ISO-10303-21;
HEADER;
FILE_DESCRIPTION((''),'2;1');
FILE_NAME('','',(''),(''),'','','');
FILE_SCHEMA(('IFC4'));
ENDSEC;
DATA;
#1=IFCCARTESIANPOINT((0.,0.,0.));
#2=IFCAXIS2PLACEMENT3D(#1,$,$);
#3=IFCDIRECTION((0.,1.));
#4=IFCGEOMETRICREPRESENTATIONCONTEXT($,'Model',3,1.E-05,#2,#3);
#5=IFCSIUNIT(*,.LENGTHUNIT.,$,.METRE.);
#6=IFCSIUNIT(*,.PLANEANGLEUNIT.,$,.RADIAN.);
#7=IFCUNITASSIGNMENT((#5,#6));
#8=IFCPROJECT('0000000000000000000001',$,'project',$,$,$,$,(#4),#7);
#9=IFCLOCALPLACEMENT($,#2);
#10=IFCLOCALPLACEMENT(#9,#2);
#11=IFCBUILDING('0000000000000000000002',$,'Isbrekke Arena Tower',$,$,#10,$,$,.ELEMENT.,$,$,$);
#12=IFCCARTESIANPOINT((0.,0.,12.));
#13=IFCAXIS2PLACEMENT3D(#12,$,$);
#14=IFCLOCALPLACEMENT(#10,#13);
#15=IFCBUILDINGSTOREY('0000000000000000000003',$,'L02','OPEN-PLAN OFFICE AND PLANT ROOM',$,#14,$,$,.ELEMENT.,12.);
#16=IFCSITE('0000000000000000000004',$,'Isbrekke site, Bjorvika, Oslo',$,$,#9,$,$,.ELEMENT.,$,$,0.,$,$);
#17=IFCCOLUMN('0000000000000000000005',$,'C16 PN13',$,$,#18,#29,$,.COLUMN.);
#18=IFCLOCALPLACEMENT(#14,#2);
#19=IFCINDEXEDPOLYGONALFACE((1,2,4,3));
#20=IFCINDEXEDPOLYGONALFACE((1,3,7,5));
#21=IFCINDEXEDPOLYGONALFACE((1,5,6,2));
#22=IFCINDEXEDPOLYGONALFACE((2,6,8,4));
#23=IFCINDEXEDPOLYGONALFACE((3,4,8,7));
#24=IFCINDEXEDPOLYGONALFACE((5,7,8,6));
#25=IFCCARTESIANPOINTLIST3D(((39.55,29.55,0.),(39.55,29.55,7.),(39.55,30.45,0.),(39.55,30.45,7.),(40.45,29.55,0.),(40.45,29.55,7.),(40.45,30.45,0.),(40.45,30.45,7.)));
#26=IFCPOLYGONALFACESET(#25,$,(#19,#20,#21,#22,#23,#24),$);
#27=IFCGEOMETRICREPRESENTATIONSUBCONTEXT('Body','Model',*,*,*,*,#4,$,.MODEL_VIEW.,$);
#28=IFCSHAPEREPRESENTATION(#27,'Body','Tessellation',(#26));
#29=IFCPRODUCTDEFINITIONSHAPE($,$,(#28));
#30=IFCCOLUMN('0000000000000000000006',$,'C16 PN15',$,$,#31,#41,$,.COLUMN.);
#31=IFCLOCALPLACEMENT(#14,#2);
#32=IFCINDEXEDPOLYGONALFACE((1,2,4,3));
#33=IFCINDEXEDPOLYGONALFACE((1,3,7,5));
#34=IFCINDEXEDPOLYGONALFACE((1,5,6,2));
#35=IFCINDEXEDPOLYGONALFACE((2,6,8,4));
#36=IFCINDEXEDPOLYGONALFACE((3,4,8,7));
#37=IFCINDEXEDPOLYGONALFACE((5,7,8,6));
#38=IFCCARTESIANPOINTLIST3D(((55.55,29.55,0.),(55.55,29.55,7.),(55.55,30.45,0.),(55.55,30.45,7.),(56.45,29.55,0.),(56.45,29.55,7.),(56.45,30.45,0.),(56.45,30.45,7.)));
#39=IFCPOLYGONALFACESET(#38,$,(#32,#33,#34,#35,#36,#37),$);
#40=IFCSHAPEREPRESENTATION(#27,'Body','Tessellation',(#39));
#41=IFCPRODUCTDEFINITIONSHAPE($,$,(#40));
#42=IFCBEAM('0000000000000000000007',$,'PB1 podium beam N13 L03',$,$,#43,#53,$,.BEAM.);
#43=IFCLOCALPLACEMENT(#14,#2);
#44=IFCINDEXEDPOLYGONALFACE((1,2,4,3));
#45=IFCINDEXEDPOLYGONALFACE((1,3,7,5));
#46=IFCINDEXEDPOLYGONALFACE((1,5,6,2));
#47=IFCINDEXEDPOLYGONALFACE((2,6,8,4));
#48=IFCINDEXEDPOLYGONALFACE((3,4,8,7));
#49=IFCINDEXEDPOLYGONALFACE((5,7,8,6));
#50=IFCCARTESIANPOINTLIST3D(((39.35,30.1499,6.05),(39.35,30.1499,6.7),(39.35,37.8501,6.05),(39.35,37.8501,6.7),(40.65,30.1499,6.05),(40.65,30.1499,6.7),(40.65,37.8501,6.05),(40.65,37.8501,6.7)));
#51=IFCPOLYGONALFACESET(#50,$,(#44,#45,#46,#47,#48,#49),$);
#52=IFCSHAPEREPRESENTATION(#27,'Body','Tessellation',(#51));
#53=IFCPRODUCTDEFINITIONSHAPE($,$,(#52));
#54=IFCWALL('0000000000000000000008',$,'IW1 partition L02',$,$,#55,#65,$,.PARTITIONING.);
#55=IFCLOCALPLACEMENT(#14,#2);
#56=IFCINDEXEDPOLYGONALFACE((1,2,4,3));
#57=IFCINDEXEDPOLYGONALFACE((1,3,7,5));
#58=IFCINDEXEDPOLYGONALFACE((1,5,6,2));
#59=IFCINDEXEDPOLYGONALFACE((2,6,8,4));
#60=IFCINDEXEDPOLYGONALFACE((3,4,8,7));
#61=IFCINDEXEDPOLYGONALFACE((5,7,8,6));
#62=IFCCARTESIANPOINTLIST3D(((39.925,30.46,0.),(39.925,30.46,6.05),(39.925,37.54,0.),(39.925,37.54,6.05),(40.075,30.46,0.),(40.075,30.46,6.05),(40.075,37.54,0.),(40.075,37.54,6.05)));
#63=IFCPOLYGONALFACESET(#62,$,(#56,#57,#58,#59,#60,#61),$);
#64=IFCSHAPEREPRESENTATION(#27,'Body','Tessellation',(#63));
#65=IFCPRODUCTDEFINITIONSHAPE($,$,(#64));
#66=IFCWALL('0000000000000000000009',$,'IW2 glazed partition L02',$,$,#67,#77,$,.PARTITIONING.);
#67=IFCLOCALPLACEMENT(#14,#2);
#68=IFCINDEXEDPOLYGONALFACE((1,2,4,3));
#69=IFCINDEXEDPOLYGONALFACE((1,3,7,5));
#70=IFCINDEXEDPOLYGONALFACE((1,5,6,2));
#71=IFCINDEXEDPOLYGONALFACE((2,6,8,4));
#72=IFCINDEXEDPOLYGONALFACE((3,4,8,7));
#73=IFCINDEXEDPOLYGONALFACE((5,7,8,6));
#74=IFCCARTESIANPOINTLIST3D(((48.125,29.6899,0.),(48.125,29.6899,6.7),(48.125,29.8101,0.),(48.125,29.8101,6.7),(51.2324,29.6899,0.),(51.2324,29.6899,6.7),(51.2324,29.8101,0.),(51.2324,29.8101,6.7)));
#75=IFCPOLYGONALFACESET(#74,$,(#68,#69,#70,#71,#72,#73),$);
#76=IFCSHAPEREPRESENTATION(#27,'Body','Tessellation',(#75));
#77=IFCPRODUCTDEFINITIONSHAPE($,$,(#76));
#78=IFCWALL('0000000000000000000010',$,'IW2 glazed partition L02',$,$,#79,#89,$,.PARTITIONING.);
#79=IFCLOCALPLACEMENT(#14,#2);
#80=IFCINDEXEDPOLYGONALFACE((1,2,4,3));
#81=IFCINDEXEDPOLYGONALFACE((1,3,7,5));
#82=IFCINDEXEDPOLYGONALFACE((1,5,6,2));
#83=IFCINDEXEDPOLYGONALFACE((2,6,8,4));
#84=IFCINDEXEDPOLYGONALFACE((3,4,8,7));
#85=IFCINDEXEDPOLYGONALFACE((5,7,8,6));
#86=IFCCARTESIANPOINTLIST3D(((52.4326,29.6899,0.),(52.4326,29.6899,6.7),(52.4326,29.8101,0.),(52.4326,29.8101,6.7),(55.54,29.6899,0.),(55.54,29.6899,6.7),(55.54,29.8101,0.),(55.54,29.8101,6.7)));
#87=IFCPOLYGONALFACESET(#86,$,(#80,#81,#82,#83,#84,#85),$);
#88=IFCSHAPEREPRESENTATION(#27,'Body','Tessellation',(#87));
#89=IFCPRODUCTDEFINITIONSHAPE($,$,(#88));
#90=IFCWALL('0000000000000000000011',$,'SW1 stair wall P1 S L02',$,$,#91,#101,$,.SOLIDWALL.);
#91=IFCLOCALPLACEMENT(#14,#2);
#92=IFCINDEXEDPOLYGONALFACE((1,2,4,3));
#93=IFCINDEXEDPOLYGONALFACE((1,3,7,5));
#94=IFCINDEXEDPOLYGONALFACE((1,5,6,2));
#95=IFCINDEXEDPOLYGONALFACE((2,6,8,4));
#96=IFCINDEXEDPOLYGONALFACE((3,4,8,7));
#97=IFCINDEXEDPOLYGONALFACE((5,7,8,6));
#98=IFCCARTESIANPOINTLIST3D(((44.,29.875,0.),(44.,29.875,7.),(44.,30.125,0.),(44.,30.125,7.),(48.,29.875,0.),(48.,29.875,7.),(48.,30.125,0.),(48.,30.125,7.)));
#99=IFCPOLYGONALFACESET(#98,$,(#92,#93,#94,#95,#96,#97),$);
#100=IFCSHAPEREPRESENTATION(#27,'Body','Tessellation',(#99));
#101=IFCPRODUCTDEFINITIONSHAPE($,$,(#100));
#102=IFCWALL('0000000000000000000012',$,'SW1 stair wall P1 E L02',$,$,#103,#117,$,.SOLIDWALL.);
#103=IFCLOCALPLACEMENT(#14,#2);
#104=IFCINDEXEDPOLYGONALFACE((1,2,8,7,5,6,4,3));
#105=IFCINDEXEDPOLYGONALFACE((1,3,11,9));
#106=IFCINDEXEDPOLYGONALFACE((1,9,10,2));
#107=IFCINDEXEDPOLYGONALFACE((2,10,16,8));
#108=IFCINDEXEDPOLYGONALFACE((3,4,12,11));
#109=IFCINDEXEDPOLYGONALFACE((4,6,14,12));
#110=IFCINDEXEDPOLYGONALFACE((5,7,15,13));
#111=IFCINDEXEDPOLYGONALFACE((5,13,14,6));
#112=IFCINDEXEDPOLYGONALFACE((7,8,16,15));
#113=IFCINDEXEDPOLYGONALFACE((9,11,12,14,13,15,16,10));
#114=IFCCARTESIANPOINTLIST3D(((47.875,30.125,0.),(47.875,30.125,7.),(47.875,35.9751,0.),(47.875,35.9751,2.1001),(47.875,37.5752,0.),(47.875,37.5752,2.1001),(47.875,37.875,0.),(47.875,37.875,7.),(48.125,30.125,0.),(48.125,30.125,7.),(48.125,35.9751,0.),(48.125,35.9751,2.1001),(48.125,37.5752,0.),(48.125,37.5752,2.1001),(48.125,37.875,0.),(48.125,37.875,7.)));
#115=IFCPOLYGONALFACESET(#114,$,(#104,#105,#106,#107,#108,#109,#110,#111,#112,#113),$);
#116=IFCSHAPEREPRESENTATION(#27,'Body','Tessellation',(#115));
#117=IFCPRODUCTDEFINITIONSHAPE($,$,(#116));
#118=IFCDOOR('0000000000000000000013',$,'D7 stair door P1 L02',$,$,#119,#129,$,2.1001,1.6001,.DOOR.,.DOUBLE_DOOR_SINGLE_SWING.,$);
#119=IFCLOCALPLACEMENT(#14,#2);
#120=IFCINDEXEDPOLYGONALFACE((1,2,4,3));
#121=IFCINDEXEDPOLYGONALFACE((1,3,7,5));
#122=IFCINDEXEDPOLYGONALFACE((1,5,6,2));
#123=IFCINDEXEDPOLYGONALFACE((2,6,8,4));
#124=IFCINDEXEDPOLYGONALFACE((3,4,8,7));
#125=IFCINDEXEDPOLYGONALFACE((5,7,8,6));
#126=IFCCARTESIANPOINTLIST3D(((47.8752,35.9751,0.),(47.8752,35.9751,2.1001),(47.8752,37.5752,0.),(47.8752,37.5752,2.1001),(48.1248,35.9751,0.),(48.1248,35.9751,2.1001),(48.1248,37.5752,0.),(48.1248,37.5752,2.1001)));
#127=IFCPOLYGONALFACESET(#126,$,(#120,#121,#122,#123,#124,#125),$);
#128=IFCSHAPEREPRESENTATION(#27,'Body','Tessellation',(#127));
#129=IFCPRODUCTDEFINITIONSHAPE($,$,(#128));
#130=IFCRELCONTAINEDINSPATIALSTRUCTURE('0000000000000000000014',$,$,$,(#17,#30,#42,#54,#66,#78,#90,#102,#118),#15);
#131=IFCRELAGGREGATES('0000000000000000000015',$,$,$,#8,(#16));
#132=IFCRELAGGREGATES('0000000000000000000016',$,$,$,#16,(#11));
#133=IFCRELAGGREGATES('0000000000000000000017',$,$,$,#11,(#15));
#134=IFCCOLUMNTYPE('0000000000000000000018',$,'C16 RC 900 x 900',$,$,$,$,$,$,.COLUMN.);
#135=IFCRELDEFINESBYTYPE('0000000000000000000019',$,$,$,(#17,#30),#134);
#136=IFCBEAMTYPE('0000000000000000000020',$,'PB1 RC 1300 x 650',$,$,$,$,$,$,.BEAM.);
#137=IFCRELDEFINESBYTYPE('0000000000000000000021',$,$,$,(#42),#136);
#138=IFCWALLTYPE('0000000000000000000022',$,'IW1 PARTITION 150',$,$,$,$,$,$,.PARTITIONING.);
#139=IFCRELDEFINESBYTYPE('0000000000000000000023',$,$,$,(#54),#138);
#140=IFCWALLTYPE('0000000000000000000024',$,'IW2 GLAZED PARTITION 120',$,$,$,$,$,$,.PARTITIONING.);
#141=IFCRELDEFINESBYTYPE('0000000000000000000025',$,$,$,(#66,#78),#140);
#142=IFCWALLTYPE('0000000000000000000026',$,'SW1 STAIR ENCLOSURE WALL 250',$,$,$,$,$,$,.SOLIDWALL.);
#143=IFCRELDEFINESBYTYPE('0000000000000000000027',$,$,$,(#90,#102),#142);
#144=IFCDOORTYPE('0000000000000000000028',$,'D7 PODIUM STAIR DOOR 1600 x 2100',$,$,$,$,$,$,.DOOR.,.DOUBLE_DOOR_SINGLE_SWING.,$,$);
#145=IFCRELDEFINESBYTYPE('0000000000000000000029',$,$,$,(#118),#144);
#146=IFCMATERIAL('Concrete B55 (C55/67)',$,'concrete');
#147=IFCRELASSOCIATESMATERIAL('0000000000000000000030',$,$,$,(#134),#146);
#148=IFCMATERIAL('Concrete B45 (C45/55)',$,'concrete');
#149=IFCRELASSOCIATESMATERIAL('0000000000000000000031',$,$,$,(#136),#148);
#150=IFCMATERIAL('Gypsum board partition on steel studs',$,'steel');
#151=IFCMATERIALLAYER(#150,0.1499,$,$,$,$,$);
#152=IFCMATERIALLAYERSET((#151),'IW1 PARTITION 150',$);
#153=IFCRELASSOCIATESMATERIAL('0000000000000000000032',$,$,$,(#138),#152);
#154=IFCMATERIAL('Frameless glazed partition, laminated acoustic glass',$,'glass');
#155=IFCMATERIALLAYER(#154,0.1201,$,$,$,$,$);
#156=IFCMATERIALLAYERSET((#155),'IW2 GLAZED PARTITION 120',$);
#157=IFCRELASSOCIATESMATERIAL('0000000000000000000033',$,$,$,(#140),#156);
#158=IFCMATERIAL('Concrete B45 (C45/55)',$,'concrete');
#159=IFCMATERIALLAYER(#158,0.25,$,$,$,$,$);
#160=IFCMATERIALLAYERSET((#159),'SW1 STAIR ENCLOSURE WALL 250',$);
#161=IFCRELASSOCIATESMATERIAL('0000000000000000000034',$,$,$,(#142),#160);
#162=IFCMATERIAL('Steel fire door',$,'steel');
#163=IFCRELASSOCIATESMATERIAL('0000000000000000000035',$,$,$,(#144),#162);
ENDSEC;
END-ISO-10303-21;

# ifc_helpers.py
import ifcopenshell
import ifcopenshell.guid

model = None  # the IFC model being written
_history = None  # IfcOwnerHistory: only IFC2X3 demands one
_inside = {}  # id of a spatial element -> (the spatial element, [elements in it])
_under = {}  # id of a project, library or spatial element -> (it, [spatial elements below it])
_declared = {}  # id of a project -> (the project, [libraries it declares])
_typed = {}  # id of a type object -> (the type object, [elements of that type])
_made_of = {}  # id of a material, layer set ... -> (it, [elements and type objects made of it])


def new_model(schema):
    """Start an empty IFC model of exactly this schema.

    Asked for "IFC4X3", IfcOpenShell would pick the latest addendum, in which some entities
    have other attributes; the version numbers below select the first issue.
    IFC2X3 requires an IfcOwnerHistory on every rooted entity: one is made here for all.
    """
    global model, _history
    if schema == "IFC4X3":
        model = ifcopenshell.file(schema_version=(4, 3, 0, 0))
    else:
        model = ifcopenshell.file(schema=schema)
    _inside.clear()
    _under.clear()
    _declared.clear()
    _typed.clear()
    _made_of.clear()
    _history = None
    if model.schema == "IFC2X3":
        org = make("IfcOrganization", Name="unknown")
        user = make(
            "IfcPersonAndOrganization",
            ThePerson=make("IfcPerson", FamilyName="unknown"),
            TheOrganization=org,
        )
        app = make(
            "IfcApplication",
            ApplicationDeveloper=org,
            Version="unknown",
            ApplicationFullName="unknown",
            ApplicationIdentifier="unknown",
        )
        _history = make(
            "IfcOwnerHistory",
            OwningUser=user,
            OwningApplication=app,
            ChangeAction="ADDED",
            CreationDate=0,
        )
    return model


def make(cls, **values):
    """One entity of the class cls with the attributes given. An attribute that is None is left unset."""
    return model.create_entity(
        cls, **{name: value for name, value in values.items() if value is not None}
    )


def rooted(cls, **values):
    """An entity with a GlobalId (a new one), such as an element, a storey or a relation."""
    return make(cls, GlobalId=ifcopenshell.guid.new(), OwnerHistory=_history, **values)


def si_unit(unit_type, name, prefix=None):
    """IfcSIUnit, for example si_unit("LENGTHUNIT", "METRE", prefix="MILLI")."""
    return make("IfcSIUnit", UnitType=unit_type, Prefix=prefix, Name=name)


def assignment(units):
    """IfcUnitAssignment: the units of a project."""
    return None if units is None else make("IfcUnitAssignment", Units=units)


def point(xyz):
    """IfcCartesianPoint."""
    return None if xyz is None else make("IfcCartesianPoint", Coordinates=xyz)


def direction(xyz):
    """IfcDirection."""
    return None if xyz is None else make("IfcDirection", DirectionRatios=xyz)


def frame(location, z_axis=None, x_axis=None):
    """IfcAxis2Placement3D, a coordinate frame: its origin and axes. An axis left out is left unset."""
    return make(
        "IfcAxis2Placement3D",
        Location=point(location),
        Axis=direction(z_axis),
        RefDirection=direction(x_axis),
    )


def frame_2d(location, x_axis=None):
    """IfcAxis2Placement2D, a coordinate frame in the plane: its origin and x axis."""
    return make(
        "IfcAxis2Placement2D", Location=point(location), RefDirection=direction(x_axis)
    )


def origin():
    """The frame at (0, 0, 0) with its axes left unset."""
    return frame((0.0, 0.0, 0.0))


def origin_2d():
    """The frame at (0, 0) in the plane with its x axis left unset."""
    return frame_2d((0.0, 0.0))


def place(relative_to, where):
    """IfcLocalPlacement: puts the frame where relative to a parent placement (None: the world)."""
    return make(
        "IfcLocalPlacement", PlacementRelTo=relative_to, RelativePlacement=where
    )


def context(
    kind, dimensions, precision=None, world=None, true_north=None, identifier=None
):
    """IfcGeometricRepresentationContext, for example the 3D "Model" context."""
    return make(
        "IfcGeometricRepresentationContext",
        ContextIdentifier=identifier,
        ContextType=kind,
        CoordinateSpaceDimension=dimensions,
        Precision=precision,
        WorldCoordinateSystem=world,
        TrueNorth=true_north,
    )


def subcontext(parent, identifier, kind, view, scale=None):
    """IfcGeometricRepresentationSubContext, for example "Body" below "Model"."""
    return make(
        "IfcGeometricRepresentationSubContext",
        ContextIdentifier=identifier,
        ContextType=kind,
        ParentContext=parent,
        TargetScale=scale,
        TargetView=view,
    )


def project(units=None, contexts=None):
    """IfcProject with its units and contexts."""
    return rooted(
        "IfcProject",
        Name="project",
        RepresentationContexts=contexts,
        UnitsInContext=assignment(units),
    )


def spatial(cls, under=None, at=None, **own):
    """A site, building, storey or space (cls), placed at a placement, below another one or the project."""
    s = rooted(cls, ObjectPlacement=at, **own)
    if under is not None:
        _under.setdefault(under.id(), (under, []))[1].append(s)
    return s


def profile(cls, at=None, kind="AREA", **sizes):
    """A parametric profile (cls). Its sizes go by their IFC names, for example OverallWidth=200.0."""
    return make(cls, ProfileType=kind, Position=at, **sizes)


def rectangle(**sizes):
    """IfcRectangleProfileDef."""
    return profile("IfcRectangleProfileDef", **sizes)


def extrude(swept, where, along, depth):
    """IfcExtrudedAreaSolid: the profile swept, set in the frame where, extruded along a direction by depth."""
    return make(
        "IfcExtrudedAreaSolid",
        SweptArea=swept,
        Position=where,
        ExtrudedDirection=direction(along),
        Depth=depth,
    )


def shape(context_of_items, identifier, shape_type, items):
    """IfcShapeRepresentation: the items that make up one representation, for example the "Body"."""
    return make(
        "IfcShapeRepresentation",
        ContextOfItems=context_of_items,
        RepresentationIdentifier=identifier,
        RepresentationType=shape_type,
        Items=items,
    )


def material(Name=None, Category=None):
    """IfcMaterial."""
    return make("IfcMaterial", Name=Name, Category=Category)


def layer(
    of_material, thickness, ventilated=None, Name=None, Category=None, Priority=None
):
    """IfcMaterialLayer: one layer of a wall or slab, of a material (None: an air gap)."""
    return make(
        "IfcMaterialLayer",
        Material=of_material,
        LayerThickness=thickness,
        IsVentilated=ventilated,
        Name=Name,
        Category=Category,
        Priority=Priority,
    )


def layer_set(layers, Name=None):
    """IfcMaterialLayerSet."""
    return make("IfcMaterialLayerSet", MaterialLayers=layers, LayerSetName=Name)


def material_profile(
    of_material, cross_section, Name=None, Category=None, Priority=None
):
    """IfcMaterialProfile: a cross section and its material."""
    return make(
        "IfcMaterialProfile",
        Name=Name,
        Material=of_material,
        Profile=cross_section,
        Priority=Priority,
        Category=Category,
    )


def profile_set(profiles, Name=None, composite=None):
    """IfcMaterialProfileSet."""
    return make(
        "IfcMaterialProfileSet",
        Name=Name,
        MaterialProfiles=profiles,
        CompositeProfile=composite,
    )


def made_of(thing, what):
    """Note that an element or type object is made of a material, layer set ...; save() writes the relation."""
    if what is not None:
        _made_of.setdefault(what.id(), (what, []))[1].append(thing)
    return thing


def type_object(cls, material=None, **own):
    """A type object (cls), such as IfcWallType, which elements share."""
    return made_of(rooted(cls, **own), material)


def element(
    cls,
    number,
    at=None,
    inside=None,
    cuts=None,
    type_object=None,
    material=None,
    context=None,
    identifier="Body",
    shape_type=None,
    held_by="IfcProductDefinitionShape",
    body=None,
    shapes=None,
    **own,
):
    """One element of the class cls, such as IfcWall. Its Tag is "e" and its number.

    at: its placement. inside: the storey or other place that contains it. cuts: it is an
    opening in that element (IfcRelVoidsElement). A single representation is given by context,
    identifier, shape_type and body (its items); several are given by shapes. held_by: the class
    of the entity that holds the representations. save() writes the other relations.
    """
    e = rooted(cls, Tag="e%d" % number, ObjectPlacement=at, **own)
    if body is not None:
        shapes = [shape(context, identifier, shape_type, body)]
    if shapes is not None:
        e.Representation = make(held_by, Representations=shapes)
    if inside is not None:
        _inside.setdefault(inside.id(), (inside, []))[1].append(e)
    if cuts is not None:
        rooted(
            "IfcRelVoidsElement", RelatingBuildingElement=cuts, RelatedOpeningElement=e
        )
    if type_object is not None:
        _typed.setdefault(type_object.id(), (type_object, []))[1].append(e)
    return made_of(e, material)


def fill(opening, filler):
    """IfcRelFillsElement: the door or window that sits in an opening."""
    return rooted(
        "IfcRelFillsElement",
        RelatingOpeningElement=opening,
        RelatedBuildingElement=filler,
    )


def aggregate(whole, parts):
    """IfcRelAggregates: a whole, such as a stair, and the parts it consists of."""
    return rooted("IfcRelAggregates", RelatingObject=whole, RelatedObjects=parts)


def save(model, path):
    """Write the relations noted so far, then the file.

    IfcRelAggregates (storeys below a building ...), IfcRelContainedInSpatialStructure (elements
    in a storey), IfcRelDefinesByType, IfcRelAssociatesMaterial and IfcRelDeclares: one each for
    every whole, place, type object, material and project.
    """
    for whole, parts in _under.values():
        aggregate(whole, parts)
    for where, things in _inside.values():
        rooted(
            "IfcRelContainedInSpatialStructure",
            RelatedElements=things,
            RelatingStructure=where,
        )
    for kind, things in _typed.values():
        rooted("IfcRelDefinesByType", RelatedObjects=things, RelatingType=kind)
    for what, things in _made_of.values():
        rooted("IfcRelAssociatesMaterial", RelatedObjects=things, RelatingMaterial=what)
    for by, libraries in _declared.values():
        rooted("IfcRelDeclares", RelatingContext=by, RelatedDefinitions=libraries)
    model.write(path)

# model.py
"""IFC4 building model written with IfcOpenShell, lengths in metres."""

from ifc_helpers import new_model, si_unit, direction, frame, frame_2d, origin, origin_2d, place, context, subcontext, project, spatial, rectangle, extrude, material, layer, layer_set, material_profile, profile_set, type_object, element, fill, save


model = new_model("IFC4")

# Units and contexts
model_context = context("Model", 3, precision=1e-05, world=origin(), true_north=direction((0.0, 1.0)))
body_context = subcontext(model_context, "Body", "Model", "MODEL_VIEW")
ifc_project = project(units=[si_unit("LENGTHUNIT", "METRE"), si_unit("PLANEANGLEUNIT", "RADIAN")], contexts=[model_context])

# Site, building, storey
site_placement = place(None, origin())
site = spatial("IfcSite", under=ifc_project, at=site_placement, Name="Isbrekke site, Bjorvika, Oslo", CompositionType="ELEMENT", RefElevation=0.0)
building_placement = place(site_placement, origin())
building = spatial("IfcBuilding", under=site, at=building_placement, Name="Isbrekke Arena Tower", CompositionType="ELEMENT")
storey_placement = place(building_placement, frame((0.0, 0.0, 12.0)))
storey = spatial("IfcBuildingStorey", under=building, at=storey_placement, Name="L02", Description="OPEN-PLAN OFFICE AND PLANT ROOM", CompositionType="ELEMENT", Elevation=12.0)

# Columns
ifc_material_1 = material(Name="Concrete B55 (C55/67)", Category="concrete")
ifc_material_profile_1 = material_profile(ifc_material_1, rectangle(XDim=0.8999, YDim=0.8999, at=origin_2d()), Name="RC 900x900")
ifc_profile_set_1 = profile_set([ifc_material_profile_1], Name="Concrete B55 (C55/67)")
column_type = type_object("IfcColumnType", Name="C16 RC 900 x 900", PredefinedType="COLUMN", material=ifc_profile_set_1)
for number, where, z_axis, x_axis, name in (
    (1, (40.0, 30.0, 0.0), (0.0, 0.0, 1.0), (1.0, 0.0, 0.0), "C16 PN13"),
    (2, (56.0, 30.0, 0.0), (0.0, 0.0, 1.0), (1.0, 0.0, 0.0), "C16 PN15"),
):
    element("IfcColumn", number, at=place(storey_placement, frame(where, z_axis=z_axis, x_axis=x_axis)), inside=storey, type_object=column_type, Name=name, PredefinedType="COLUMN", context=body_context, shape_type="SweptSolid", body=[
        extrude(rectangle(XDim=0.8999, YDim=0.8999, at=origin_2d()), origin(), (0.0, 0.0, 1.0), 7.0),
    ])

# Beam
ifc_material_2 = material(Name="Concrete B45 (C45/55)", Category="concrete")
ifc_material_profile_2 = material_profile(ifc_material_2, rectangle(XDim=1.3, YDim=0.6499, at=origin_2d()), Name="RC 1300x650")
ifc_profile_set_2 = profile_set([ifc_material_profile_2], Name="Concrete B45 (C45/55)")
beam_type = type_object("IfcBeamType", Name="PB1 RC 1300 x 650", PredefinedType="BEAM", material=ifc_profile_set_2)
beam_placement = place(storey_placement, frame((40.0, 30.1499, 6.375), z_axis=(0.0, 1.0, 0.0), x_axis=(-1.0, 0.0, 0.0)))
element("IfcBeam", 3, at=beam_placement, inside=storey, type_object=beam_type, Name="PB1 podium beam N13 L03", PredefinedType="BEAM", context=body_context, shape_type="SweptSolid", body=[
    extrude(rectangle(XDim=1.3, YDim=0.6499, at=origin_2d()), origin(), (0.0, 0.0, 1.0), 7.7002),
])

# Walls
ifc_material_3 = material(Name="Gypsum board partition on steel studs", Category="steel")
ifc_layer_1 = layer(ifc_material_3, 0.1499)
ifc_layer_set_1 = layer_set([ifc_layer_1], Name="IW1 PARTITION 150")
wall_type_1 = type_object("IfcWallType", Name="IW1 PARTITION 150", PredefinedType="PARTITIONING", material=ifc_layer_set_1)
wall_1_placement = place(storey_placement, frame((40.0, 30.46, 0.0), z_axis=(0.0, 0.0, 1.0), x_axis=(0.0, 1.0, 0.0)))
element("IfcWall", 4, at=wall_1_placement, inside=storey, type_object=wall_type_1, Name="IW1 partition L02", PredefinedType="PARTITIONING", context=body_context, shape_type="SweptSolid", body=[
    extrude(rectangle(XDim=7.0801, YDim=0.1499, at=frame_2d((3.54, 0.0))), origin(), (0.0, 0.0, 1.0), 6.05),
])
ifc_material_4 = material(Name="Frameless glazed partition, laminated acoustic glass", Category="glass")
ifc_layer_2 = layer(ifc_material_4, 0.1201)
ifc_layer_set_2 = layer_set([ifc_layer_2], Name="IW2 GLAZED PARTITION 120")
wall_type_2 = type_object("IfcWallType", Name="IW2 GLAZED PARTITION 120", PredefinedType="PARTITIONING", material=ifc_layer_set_2)
for number, where, z_axis, x_axis, name in (
    (5, (48.125, 29.75, 0.0), (0.0, 0.0, 1.0), (1.0, 0.0, 0.0), "IW2 glazed partition L02"),
    (6, (52.4326, 29.75, 0.0), (0.0, 0.0, 1.0), (1.0, 0.0, 0.0), "IW2 glazed partition L02"),
):
    element("IfcWall", number, at=place(storey_placement, frame(where, z_axis=z_axis, x_axis=x_axis)), inside=storey, type_object=wall_type_2, Name=name, PredefinedType="PARTITIONING", context=body_context, shape_type="SweptSolid", body=[
        extrude(rectangle(XDim=3.1074, YDim=0.1201, at=frame_2d((1.5537, 0.0))), origin(), (0.0, 0.0, 1.0), 6.7),
    ])
ifc_material_5 = material(Name="Concrete B45 (C45/55)", Category="concrete")
ifc_layer_3 = layer(ifc_material_5, 0.25)
ifc_layer_set_3 = layer_set([ifc_layer_3], Name="SW1 STAIR ENCLOSURE WALL 250")
wall_type_3 = type_object("IfcWallType", Name="SW1 STAIR ENCLOSURE WALL 250", PredefinedType="SOLIDWALL", material=ifc_layer_set_3)
wall_2_placement = place(storey_placement, frame((44.0, 30.0, 0.0), z_axis=(0.0, 0.0, 1.0), x_axis=(1.0, 0.0, 0.0)))
element("IfcWall", 7, at=wall_2_placement, inside=storey, type_object=wall_type_3, Name="SW1 stair wall P1 S L02", PredefinedType="SOLIDWALL", context=body_context, shape_type="SweptSolid", body=[
    extrude(rectangle(XDim=4.0, YDim=0.25, at=frame_2d((2.0, 0.0))), origin(), (0.0, 0.0, 1.0), 7.0),
])

# Wall, opening, door
wall_3_placement = place(storey_placement, frame((48.0, 30.125, 0.0), z_axis=(0.0, 0.0, 1.0), x_axis=(0.0, 1.0, 0.0)))
wall_3 = element("IfcWall", 8, at=wall_3_placement, inside=storey, type_object=wall_type_3, Name="SW1 stair wall P1 E L02", PredefinedType="SOLIDWALL", context=body_context, shape_type="SweptSolid", body=[
    extrude(rectangle(XDim=7.75, YDim=0.25, at=frame_2d((3.875, 0.0))), origin(), (0.0, 0.0, 1.0), 7.0),
])
opening_placement = place(wall_3_placement, frame((5.8501, 0.0, 0.0)))
opening = element("IfcOpeningElement", 9, at=opening_placement, cuts=wall_3, PredefinedType="OPENING", context=body_context, shape_type="SweptSolid", body=[
    extrude(rectangle(XDim=1.6001, YDim=2.1001, at=frame_2d((0.8, 1.05))), frame((0.0, 0.1399, 0.0), z_axis=(0.0, -1.0, 0.0), x_axis=(1.0, 0.0, 0.0)), (0.0, 0.0, 1.0), 0.2798),
])
ifc_material_6 = material(Name="Steel fire door", Category="steel")
door_type = type_object("IfcDoorType", Name="D7 PODIUM STAIR DOOR 1600 x 2100", OperationType="DOUBLE_DOOR_SINGLE_SWING", PredefinedType="DOOR", material=ifc_material_6)
door_placement = place(opening_placement, origin())
door = element("IfcDoor", 10, at=door_placement, inside=storey, type_object=door_type, Name="D7 stair door P1 L02", OperationType="DOUBLE_DOOR_SINGLE_SWING", OverallHeight=2.1001, OverallWidth=1.6001, PredefinedType="DOOR", context=body_context, shape_type="SweptSolid", body=[
    extrude(rectangle(XDim=1.6001, YDim=2.1001, at=frame_2d((0.8, 1.05))), frame((0.0, 0.1248, 0.0), z_axis=(0.0, -1.0, 0.0), x_axis=(1.0, 0.0, 0.0)), (0.0, 0.0, 1.0), 0.2495),
])
fill(opening, door)

save(model, "model.ifc")
